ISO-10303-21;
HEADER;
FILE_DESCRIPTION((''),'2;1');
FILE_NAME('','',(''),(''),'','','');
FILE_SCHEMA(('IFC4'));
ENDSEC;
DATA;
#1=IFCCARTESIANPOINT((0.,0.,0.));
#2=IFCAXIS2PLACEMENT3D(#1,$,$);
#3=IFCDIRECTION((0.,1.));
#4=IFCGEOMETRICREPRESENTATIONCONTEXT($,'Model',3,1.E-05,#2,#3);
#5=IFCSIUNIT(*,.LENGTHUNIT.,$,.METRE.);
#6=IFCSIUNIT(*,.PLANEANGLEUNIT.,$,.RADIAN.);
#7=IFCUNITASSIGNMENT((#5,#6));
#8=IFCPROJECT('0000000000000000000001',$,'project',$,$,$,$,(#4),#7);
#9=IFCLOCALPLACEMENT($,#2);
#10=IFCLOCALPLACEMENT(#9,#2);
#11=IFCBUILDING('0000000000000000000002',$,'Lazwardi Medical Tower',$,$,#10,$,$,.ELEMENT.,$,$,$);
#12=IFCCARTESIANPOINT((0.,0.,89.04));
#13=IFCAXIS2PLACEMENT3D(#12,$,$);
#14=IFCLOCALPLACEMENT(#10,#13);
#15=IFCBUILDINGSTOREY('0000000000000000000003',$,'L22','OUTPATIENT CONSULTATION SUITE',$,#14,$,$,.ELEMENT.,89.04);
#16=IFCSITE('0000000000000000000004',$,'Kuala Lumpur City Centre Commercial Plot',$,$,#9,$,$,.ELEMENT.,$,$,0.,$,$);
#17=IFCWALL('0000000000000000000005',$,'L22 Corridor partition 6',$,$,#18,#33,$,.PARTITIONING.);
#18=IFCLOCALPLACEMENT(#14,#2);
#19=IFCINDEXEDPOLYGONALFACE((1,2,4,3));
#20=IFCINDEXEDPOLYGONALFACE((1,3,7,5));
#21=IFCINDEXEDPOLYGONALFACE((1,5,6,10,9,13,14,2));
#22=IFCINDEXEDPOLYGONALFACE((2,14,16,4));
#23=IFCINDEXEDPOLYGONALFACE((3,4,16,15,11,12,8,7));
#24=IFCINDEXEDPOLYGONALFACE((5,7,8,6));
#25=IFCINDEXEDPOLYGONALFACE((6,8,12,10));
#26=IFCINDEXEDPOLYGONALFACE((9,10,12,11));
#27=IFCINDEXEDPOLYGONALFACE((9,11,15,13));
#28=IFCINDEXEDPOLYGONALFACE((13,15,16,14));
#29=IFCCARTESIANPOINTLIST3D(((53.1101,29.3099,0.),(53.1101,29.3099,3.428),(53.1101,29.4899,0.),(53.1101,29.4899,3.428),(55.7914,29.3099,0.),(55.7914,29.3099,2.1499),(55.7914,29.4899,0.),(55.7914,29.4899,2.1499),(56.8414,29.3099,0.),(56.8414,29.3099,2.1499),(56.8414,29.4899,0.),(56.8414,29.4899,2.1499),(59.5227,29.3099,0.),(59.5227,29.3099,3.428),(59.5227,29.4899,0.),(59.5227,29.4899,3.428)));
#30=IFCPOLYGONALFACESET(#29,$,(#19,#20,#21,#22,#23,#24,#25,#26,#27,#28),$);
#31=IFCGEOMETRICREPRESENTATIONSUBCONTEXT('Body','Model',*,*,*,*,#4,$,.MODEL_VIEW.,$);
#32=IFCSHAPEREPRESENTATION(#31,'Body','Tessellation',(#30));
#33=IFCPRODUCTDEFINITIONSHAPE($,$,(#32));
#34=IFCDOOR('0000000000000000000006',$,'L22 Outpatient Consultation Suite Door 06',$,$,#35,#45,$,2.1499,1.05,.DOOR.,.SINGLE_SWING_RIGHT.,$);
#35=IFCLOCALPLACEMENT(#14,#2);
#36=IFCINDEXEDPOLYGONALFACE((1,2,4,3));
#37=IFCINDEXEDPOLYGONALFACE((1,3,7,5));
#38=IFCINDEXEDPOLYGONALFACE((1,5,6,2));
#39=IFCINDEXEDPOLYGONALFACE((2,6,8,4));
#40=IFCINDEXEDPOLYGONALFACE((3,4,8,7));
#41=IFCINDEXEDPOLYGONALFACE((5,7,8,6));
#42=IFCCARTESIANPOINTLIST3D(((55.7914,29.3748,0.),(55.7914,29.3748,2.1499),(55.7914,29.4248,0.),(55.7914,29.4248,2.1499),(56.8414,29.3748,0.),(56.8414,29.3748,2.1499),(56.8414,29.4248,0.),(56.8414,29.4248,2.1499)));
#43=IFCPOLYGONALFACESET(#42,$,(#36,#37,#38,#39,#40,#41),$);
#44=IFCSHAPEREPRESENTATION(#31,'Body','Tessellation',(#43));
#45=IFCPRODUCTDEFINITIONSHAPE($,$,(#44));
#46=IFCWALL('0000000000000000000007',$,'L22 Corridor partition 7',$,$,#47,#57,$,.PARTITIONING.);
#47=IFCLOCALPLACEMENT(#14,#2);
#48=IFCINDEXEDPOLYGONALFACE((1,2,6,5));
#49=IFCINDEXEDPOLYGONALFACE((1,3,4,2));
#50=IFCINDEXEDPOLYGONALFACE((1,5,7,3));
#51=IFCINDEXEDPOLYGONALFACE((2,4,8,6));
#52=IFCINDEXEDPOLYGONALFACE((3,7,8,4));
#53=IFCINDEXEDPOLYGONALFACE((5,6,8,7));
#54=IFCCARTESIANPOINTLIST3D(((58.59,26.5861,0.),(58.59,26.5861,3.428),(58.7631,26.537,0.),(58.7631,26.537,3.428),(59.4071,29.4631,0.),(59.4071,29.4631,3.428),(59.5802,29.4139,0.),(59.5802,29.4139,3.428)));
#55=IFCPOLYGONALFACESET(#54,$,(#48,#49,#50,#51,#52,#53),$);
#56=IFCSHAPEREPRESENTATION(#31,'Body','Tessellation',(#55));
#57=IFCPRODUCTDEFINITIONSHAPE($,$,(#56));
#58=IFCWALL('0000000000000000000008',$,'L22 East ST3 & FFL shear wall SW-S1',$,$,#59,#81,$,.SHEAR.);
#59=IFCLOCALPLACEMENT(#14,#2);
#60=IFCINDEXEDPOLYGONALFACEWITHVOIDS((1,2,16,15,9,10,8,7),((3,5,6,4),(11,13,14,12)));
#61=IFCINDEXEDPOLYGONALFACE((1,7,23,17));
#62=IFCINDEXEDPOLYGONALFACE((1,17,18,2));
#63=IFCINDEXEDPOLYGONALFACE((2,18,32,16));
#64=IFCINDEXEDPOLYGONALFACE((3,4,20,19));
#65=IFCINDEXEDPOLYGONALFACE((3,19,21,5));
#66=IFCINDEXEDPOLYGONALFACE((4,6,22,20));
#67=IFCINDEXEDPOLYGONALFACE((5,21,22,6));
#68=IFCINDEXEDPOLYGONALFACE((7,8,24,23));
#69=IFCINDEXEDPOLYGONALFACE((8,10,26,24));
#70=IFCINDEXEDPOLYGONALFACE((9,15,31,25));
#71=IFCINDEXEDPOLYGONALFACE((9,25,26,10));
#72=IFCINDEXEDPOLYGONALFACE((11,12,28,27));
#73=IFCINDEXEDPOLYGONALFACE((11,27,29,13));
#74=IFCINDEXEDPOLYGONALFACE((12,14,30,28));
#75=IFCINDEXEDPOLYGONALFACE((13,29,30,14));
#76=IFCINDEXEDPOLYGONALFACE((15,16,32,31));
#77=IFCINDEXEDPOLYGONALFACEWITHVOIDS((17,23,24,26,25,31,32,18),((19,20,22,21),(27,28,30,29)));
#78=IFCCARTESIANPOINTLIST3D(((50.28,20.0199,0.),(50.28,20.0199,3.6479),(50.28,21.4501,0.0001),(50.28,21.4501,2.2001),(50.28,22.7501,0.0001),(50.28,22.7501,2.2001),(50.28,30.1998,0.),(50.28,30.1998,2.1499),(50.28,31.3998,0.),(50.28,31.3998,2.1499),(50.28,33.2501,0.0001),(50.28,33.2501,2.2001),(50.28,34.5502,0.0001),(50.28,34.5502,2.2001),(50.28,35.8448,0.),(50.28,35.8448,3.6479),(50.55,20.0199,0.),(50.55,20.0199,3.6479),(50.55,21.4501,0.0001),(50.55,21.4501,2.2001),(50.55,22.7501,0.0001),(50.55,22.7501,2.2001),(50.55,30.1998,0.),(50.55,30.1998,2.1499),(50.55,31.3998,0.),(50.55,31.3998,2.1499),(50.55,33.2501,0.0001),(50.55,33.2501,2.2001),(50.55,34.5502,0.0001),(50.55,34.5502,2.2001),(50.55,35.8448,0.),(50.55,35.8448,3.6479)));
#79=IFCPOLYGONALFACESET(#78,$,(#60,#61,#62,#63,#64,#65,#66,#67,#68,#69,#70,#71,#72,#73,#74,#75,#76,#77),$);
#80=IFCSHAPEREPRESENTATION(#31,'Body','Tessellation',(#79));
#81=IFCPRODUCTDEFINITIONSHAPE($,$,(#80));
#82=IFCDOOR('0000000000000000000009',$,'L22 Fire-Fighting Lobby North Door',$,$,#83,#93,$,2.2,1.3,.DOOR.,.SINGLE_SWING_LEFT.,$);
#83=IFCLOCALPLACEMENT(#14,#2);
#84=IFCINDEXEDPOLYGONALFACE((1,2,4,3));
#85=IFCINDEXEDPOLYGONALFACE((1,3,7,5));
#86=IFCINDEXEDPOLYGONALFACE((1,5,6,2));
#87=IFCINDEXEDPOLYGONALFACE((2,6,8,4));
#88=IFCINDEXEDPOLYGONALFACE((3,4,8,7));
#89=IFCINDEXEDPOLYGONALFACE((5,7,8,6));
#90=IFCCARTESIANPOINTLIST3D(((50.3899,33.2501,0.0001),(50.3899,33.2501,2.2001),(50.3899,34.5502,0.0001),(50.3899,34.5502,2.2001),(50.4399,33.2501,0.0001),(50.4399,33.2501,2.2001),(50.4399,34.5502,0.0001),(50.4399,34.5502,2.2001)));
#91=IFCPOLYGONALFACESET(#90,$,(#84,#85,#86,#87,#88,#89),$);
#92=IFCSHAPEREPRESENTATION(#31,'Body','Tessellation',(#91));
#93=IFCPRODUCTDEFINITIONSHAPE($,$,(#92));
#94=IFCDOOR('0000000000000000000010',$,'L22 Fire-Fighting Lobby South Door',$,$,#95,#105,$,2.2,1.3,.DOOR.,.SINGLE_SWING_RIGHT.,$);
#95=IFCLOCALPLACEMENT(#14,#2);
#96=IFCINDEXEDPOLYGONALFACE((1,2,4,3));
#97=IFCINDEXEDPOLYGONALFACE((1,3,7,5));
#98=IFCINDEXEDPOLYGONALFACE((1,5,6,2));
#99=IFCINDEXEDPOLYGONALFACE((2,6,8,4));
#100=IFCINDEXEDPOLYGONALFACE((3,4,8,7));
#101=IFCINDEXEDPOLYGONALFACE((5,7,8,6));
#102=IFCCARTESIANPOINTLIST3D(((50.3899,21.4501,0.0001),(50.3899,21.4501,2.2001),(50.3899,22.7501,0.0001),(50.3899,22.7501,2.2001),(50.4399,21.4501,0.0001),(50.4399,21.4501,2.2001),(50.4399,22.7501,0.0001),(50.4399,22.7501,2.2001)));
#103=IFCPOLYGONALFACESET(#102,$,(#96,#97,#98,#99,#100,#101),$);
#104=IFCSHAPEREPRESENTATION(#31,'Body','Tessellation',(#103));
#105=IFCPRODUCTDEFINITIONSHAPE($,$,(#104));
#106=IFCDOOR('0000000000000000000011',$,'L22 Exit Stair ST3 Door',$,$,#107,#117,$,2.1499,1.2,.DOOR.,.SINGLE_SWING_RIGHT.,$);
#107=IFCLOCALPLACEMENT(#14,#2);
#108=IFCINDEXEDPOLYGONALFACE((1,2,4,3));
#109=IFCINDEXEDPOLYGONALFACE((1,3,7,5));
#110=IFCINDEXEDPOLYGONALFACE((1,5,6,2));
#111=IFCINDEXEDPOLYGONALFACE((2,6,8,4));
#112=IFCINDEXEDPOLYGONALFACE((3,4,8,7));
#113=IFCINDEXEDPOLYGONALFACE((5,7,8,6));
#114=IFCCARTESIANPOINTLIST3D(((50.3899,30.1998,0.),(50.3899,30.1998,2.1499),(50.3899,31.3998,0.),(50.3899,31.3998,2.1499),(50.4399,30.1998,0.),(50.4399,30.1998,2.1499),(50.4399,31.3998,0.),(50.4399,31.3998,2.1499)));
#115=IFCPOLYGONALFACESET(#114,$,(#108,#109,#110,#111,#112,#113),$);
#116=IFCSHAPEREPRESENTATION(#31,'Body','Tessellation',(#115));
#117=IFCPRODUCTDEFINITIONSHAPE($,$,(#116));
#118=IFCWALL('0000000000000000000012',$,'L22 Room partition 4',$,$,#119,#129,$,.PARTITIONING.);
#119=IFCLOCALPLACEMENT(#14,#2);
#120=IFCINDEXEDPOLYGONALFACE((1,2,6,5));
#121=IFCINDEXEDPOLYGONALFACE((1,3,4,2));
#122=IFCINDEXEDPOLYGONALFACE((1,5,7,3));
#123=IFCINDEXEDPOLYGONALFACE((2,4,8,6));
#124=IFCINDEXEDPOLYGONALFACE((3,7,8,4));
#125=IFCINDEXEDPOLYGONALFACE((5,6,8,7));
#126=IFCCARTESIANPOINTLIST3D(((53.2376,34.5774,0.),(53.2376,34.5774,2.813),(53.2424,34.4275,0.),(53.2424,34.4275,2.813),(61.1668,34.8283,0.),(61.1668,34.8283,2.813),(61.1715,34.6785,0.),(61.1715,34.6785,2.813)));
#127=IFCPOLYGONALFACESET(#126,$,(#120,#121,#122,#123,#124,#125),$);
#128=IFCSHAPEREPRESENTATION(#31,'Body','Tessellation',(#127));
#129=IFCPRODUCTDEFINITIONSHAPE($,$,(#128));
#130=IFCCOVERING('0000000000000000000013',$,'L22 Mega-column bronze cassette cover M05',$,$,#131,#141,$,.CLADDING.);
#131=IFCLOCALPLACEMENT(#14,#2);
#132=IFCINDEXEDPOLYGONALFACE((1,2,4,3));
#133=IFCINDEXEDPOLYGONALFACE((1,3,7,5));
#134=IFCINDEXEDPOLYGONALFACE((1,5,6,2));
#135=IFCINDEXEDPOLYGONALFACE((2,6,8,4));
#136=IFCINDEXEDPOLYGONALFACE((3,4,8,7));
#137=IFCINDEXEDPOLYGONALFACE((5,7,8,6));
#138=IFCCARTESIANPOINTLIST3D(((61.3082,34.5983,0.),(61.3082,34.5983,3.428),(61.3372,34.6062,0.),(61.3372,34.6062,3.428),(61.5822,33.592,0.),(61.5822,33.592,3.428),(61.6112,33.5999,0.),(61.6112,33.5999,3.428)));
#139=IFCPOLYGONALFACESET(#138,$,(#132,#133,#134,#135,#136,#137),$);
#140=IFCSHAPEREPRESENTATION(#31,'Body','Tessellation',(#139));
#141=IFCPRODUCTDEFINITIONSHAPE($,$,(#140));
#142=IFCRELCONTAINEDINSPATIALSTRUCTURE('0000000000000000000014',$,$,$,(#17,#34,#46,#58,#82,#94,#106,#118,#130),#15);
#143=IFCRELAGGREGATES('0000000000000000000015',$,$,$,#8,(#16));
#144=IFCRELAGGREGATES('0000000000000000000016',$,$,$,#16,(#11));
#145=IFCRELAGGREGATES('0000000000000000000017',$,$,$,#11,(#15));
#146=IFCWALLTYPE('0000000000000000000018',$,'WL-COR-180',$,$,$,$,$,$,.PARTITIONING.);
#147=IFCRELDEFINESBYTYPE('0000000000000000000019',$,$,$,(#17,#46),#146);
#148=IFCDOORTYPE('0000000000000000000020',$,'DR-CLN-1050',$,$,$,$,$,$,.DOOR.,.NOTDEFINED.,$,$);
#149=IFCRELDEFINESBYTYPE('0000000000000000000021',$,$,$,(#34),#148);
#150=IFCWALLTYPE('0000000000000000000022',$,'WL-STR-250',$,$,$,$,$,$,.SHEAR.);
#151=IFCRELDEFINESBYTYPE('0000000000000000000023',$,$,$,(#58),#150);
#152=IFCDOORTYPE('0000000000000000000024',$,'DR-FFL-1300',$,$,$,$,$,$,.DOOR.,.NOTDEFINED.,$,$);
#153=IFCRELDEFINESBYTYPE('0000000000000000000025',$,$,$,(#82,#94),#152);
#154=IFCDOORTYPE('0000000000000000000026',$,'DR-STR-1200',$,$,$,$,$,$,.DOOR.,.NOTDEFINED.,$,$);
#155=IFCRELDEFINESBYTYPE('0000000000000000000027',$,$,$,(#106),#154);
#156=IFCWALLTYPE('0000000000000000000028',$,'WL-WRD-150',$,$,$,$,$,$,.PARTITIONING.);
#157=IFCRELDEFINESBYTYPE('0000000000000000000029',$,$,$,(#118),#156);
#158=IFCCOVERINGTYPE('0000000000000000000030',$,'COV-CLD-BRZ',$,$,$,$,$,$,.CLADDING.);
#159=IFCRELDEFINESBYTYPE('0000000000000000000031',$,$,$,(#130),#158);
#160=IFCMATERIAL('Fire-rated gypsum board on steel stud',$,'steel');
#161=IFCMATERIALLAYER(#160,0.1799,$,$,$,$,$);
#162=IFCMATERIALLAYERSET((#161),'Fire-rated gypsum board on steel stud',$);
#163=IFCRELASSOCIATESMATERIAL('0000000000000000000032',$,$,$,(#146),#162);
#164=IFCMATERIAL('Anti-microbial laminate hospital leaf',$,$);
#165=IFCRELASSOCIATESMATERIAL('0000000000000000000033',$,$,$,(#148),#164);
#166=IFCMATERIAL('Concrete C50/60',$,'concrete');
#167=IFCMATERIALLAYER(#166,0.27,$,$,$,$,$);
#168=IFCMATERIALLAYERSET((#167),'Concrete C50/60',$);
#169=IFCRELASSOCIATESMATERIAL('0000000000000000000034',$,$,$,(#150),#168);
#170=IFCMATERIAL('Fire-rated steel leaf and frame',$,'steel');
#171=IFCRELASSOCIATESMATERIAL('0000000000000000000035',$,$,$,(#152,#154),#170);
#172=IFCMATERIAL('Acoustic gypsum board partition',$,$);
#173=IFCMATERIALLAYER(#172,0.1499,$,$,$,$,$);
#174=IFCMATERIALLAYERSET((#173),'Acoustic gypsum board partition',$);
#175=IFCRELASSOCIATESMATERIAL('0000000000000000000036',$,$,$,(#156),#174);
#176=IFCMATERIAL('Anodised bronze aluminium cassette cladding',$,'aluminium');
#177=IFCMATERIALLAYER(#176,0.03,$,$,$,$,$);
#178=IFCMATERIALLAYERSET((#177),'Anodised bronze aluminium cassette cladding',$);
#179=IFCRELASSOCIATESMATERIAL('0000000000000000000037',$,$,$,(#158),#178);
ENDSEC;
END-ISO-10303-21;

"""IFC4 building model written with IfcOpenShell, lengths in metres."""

from ifc_helpers import new_model, si_unit, direction, frame, frame_2d, origin, origin_2d, place, context, subcontext, project, spatial, rectangle, extrude, material, layer, layer_set, type_object, element, fill, save


model = new_model("IFC4")

# Units and contexts
model_context = context("Model", 3, precision=1e-05, world=origin(), true_north=direction((0.0, 1.0)))
body_context = subcontext(model_context, "Body", "Model", "MODEL_VIEW")
ifc_project = project(units=[si_unit("LENGTHUNIT", "METRE"), si_unit("PLANEANGLEUNIT", "RADIAN")], contexts=[model_context])

# Site, building, storey
site_placement = place(None, origin())
site = spatial("IfcSite", under=ifc_project, at=site_placement, Name="Kuala Lumpur City Centre Commercial Plot", CompositionType="ELEMENT", RefElevation=0.0)
building_placement = place(site_placement, origin())
building = spatial("IfcBuilding", under=site, at=building_placement, Name="Lazwardi Medical Tower", CompositionType="ELEMENT")
storey_placement = place(building_placement, frame((0.0, 0.0, 89.04)))
storey = spatial("IfcBuildingStorey", under=building, at=storey_placement, Name="L22", Description="OUTPATIENT CONSULTATION SUITE", CompositionType="ELEMENT", Elevation=89.04)

# Shared definitions
ifc_material_1 = material(Name="Fire-rated gypsum board on steel stud", Category="steel")
ifc_layer_1 = layer(ifc_material_1, 0.1799)
ifc_layer_set_1 = layer_set([ifc_layer_1], Name="Fire-rated gypsum board on steel stud")
wall_type_1 = type_object("IfcWallType", Name="WL-COR-180", PredefinedType="PARTITIONING", material=ifc_layer_set_1)

# Wall, opening, door
wall_1_placement = place(storey_placement, frame((53.1101, 29.3999, 0.0), z_axis=(0.0, 0.0, 1.0), x_axis=(1.0, 0.0, 0.0)))
wall_1 = element("IfcWall", 1, at=wall_1_placement, inside=storey, type_object=wall_type_1, Name="L22 Corridor partition 6", PredefinedType="PARTITIONING", context=body_context, shape_type="SweptSolid", body=[
    extrude(rectangle(XDim=6.4126, YDim=0.1799, at=frame_2d((3.2063, 0.0))), origin(), (0.0, 0.0, 1.0), 3.428),
])
opening_1_placement = place(wall_1_placement, frame((2.6814, 0.0, 0.0)))
opening_1 = element("IfcOpeningElement", 2, at=opening_1_placement, cuts=wall_1, PredefinedType="OPENING", context=body_context, shape_type="SweptSolid", body=[
    extrude(rectangle(XDim=1.05, YDim=2.1499, at=frame_2d((0.5249, 1.075))), frame((0.0, 0.0999, 0.0), z_axis=(0.0, -1.0, 0.0), x_axis=(1.0, 0.0, 0.0)), (0.0, 0.0, 1.0), 0.2),
])
ifc_material_2 = material(Name="Anti-microbial laminate hospital leaf")
door_type_1 = type_object("IfcDoorType", Name="DR-CLN-1050", OperationType="NOTDEFINED", PredefinedType="DOOR", material=ifc_material_2)
door_1_placement = place(opening_1_placement, origin())
door_1 = element("IfcDoor", 3, at=door_1_placement, inside=storey, type_object=door_type_1, Name="L22 Outpatient Consultation Suite Door 06", OperationType="SINGLE_SWING_RIGHT", OverallHeight=2.1499, OverallWidth=1.05, PredefinedType="DOOR", context=body_context, shape_type="SweptSolid", body=[
    extrude(rectangle(XDim=1.05, YDim=2.1499, at=frame_2d((0.5249, 1.075))), frame((0.0, 0.0249, 0.0), z_axis=(0.0, -1.0, 0.0), x_axis=(1.0, 0.0, 0.0)), (0.0, 0.0, 1.0), 0.05),
])
fill(opening_1, door_1)

# Wall
wall_2_placement = place(storey_placement, frame((59.4937, 29.4385, 0.0), z_axis=(0.0, 0.0, 1.0), x_axis=(-0.273222, -0.961951, 0.0)))
element("IfcWall", 4, at=wall_2_placement, inside=storey, type_object=wall_type_1, Name="L22 Corridor partition 7", PredefinedType="PARTITIONING", context=body_context, shape_type="SweptSolid", body=[
    extrude(rectangle(XDim=2.9907, YDim=0.1799, at=frame_2d((1.4954, 0.0))), origin(), (0.0, 0.0, 1.0), 3.428),
])

# Wall, openings, doors
ifc_material_3 = material(Name="Concrete C50/60", Category="concrete")
ifc_layer_2 = layer(ifc_material_3, 0.27)
ifc_layer_set_2 = layer_set([ifc_layer_2], Name="Concrete C50/60")
wall_type_2 = type_object("IfcWallType", Name="WL-STR-250", PredefinedType="SHEAR", material=ifc_layer_set_2)
wall_3_placement = place(storey_placement, frame((50.415, 35.845, 0.0), z_axis=(0.0, 0.0, 1.0), x_axis=(0.0, -1.0, 0.0)))
wall_3 = element("IfcWall", 5, at=wall_3_placement, inside=storey, type_object=wall_type_2, Name="L22 East ST3 & FFL shear wall SW-S1", PredefinedType="SHEAR", context=body_context, shape_type="SweptSolid", body=[
    extrude(rectangle(XDim=15.825, YDim=0.27, at=frame_2d((7.9126, 0.0))), origin(), (0.0, 0.0, 1.0), 3.6479),
])
opening_2_placement = place(wall_3_placement, frame((4.4451, 0.0, 0.0)))
opening_2 = element("IfcOpeningElement", 6, at=opening_2_placement, cuts=wall_3, PredefinedType="OPENING", context=body_context, shape_type="SweptSolid", body=[
    extrude(rectangle(XDim=1.2, YDim=2.1499, at=frame_2d((0.6001, 1.075))), frame((0.0, 0.145, 0.0), z_axis=(0.0, -1.0, 0.0), x_axis=(1.0, 0.0, 0.0)), (0.0, 0.0, 1.0), 0.29),
])
opening_3_placement = place(wall_3_placement, frame((1.2949, 0.0, 0.0)))
opening_3 = element("IfcOpeningElement", 7, at=opening_3_placement, cuts=wall_3, PredefinedType="OPENING", context=body_context, shape_type="SweptSolid", body=[
    extrude(rectangle(XDim=1.3, YDim=2.2, at=frame_2d((0.6499, 1.1001))), frame((0.0, 0.145, 0.0), z_axis=(0.0, -1.0, 0.0), x_axis=(1.0, 0.0, 0.0)), (0.0, 0.0, 1.0), 0.29),
])
opening_4_placement = place(wall_3_placement, frame((13.095, 0.0, 0.0)))
opening_4 = element("IfcOpeningElement", 8, at=opening_4_placement, cuts=wall_3, PredefinedType="OPENING", context=body_context, shape_type="SweptSolid", body=[
    extrude(rectangle(XDim=1.3, YDim=2.2, at=frame_2d((0.6499, 1.1001))), frame((0.0, 0.145, 0.0), z_axis=(0.0, -1.0, 0.0), x_axis=(1.0, 0.0, 0.0)), (0.0, 0.0, 1.0), 0.29),
])
ifc_material_4 = material(Name="Fire-rated steel leaf and frame", Category="steel")
door_type_2 = type_object("IfcDoorType", Name="DR-FFL-1300", OperationType="NOTDEFINED", PredefinedType="DOOR", material=ifc_material_4)
door_2_placement = place(opening_3_placement, origin())
door_2 = element("IfcDoor", 9, at=door_2_placement, inside=storey, type_object=door_type_2, Name="L22 Fire-Fighting Lobby North Door", OperationType="SINGLE_SWING_LEFT", OverallHeight=2.2, OverallWidth=1.3, PredefinedType="DOOR", context=body_context, shape_type="SweptSolid", body=[
    extrude(rectangle(XDim=1.3, YDim=2.2, at=frame_2d((0.6499, 1.1001))), frame((0.0, 0.0249, 0.0), z_axis=(0.0, -1.0, 0.0), x_axis=(1.0, 0.0, 0.0)), (0.0, 0.0, 1.0), 0.05),
])
fill(opening_3, door_2)
door_3_placement = place(opening_4_placement, origin())
door_3 = element("IfcDoor", 10, at=door_3_placement, inside=storey, type_object=door_type_2, Name="L22 Fire-Fighting Lobby South Door", OperationType="SINGLE_SWING_RIGHT", OverallHeight=2.2, OverallWidth=1.3, PredefinedType="DOOR", context=body_context, shape_type="SweptSolid", body=[
    extrude(rectangle(XDim=1.3, YDim=2.2, at=frame_2d((0.6499, 1.1001))), frame((0.0, 0.0249, 0.0), z_axis=(0.0, -1.0, 0.0), x_axis=(1.0, 0.0, 0.0)), (0.0, 0.0, 1.0), 0.05),
])
fill(opening_4, door_3)
door_type_3 = type_object("IfcDoorType", Name="DR-STR-1200", OperationType="NOTDEFINED", PredefinedType="DOOR", material=ifc_material_4)
door_4_placement = place(opening_2_placement, origin())
door_4 = element("IfcDoor", 11, at=door_4_placement, inside=storey, type_object=door_type_3, Name="L22 Exit Stair ST3 Door", OperationType="SINGLE_SWING_RIGHT", OverallHeight=2.1499, OverallWidth=1.2, PredefinedType="DOOR", context=body_context, shape_type="SweptSolid", body=[
    extrude(rectangle(XDim=1.2, YDim=2.1499, at=frame_2d((0.6001, 1.075))), frame((0.0, 0.0249, 0.0), z_axis=(0.0, -1.0, 0.0), x_axis=(1.0, 0.0, 0.0)), (0.0, 0.0, 1.0), 0.05),
])
fill(opening_2, door_4)

# Wall
ifc_material_5 = material(Name="Acoustic gypsum board partition")
ifc_layer_3 = layer(ifc_material_5, 0.1499)
ifc_layer_set_3 = layer_set([ifc_layer_3], Name="Acoustic gypsum board partition")
wall_type_3 = type_object("IfcWallType", Name="WL-WRD-150", PredefinedType="PARTITIONING", material=ifc_layer_set_3)
wall_4_placement = place(storey_placement, frame((53.24, 34.5024, 0.0), z_axis=(0.0, 0.0, 1.0), x_axis=(0.999499, 0.031636, 0.0)))
element("IfcWall", 12, at=wall_4_placement, inside=storey, type_object=wall_type_3, Name="L22 Room partition 4", PredefinedType="PARTITIONING", context=body_context, shape_type="SweptSolid", body=[
    extrude(rectangle(XDim=7.9331, YDim=0.1499, at=frame_2d((3.9666, 0.0))), origin(), (0.0, 0.0, 1.0), 2.813),
])

# Covering
ifc_material_6 = material(Name="Anodised bronze aluminium cassette cladding", Category="aluminium")
ifc_layer_4 = layer(ifc_material_6, 0.03)
ifc_layer_set_4 = layer_set([ifc_layer_4], Name="Anodised bronze aluminium cassette cladding")
covering_type = type_object("IfcCoveringType", Name="COV-CLD-BRZ", PredefinedType="CLADDING", material=ifc_layer_set_4)
covering_placement = place(storey_placement, frame((61.4597, 34.0991, 0.0), z_axis=(0.0, 0.0, 1.0), x_axis=(-0.262696, 0.964879, 0.0)))
element("IfcCovering", 13, at=covering_placement, inside=storey, type_object=covering_type, Name="L22 Mega-column bronze cassette cover M05", PredefinedType="CLADDING", context=body_context, shape_type="SweptSolid", body=[
    extrude(rectangle(XDim=1.043, YDim=0.03, at=origin_2d()), origin(), (0.0, 0.0, 1.0), 3.428),
])

save(model, "model.ifc")
